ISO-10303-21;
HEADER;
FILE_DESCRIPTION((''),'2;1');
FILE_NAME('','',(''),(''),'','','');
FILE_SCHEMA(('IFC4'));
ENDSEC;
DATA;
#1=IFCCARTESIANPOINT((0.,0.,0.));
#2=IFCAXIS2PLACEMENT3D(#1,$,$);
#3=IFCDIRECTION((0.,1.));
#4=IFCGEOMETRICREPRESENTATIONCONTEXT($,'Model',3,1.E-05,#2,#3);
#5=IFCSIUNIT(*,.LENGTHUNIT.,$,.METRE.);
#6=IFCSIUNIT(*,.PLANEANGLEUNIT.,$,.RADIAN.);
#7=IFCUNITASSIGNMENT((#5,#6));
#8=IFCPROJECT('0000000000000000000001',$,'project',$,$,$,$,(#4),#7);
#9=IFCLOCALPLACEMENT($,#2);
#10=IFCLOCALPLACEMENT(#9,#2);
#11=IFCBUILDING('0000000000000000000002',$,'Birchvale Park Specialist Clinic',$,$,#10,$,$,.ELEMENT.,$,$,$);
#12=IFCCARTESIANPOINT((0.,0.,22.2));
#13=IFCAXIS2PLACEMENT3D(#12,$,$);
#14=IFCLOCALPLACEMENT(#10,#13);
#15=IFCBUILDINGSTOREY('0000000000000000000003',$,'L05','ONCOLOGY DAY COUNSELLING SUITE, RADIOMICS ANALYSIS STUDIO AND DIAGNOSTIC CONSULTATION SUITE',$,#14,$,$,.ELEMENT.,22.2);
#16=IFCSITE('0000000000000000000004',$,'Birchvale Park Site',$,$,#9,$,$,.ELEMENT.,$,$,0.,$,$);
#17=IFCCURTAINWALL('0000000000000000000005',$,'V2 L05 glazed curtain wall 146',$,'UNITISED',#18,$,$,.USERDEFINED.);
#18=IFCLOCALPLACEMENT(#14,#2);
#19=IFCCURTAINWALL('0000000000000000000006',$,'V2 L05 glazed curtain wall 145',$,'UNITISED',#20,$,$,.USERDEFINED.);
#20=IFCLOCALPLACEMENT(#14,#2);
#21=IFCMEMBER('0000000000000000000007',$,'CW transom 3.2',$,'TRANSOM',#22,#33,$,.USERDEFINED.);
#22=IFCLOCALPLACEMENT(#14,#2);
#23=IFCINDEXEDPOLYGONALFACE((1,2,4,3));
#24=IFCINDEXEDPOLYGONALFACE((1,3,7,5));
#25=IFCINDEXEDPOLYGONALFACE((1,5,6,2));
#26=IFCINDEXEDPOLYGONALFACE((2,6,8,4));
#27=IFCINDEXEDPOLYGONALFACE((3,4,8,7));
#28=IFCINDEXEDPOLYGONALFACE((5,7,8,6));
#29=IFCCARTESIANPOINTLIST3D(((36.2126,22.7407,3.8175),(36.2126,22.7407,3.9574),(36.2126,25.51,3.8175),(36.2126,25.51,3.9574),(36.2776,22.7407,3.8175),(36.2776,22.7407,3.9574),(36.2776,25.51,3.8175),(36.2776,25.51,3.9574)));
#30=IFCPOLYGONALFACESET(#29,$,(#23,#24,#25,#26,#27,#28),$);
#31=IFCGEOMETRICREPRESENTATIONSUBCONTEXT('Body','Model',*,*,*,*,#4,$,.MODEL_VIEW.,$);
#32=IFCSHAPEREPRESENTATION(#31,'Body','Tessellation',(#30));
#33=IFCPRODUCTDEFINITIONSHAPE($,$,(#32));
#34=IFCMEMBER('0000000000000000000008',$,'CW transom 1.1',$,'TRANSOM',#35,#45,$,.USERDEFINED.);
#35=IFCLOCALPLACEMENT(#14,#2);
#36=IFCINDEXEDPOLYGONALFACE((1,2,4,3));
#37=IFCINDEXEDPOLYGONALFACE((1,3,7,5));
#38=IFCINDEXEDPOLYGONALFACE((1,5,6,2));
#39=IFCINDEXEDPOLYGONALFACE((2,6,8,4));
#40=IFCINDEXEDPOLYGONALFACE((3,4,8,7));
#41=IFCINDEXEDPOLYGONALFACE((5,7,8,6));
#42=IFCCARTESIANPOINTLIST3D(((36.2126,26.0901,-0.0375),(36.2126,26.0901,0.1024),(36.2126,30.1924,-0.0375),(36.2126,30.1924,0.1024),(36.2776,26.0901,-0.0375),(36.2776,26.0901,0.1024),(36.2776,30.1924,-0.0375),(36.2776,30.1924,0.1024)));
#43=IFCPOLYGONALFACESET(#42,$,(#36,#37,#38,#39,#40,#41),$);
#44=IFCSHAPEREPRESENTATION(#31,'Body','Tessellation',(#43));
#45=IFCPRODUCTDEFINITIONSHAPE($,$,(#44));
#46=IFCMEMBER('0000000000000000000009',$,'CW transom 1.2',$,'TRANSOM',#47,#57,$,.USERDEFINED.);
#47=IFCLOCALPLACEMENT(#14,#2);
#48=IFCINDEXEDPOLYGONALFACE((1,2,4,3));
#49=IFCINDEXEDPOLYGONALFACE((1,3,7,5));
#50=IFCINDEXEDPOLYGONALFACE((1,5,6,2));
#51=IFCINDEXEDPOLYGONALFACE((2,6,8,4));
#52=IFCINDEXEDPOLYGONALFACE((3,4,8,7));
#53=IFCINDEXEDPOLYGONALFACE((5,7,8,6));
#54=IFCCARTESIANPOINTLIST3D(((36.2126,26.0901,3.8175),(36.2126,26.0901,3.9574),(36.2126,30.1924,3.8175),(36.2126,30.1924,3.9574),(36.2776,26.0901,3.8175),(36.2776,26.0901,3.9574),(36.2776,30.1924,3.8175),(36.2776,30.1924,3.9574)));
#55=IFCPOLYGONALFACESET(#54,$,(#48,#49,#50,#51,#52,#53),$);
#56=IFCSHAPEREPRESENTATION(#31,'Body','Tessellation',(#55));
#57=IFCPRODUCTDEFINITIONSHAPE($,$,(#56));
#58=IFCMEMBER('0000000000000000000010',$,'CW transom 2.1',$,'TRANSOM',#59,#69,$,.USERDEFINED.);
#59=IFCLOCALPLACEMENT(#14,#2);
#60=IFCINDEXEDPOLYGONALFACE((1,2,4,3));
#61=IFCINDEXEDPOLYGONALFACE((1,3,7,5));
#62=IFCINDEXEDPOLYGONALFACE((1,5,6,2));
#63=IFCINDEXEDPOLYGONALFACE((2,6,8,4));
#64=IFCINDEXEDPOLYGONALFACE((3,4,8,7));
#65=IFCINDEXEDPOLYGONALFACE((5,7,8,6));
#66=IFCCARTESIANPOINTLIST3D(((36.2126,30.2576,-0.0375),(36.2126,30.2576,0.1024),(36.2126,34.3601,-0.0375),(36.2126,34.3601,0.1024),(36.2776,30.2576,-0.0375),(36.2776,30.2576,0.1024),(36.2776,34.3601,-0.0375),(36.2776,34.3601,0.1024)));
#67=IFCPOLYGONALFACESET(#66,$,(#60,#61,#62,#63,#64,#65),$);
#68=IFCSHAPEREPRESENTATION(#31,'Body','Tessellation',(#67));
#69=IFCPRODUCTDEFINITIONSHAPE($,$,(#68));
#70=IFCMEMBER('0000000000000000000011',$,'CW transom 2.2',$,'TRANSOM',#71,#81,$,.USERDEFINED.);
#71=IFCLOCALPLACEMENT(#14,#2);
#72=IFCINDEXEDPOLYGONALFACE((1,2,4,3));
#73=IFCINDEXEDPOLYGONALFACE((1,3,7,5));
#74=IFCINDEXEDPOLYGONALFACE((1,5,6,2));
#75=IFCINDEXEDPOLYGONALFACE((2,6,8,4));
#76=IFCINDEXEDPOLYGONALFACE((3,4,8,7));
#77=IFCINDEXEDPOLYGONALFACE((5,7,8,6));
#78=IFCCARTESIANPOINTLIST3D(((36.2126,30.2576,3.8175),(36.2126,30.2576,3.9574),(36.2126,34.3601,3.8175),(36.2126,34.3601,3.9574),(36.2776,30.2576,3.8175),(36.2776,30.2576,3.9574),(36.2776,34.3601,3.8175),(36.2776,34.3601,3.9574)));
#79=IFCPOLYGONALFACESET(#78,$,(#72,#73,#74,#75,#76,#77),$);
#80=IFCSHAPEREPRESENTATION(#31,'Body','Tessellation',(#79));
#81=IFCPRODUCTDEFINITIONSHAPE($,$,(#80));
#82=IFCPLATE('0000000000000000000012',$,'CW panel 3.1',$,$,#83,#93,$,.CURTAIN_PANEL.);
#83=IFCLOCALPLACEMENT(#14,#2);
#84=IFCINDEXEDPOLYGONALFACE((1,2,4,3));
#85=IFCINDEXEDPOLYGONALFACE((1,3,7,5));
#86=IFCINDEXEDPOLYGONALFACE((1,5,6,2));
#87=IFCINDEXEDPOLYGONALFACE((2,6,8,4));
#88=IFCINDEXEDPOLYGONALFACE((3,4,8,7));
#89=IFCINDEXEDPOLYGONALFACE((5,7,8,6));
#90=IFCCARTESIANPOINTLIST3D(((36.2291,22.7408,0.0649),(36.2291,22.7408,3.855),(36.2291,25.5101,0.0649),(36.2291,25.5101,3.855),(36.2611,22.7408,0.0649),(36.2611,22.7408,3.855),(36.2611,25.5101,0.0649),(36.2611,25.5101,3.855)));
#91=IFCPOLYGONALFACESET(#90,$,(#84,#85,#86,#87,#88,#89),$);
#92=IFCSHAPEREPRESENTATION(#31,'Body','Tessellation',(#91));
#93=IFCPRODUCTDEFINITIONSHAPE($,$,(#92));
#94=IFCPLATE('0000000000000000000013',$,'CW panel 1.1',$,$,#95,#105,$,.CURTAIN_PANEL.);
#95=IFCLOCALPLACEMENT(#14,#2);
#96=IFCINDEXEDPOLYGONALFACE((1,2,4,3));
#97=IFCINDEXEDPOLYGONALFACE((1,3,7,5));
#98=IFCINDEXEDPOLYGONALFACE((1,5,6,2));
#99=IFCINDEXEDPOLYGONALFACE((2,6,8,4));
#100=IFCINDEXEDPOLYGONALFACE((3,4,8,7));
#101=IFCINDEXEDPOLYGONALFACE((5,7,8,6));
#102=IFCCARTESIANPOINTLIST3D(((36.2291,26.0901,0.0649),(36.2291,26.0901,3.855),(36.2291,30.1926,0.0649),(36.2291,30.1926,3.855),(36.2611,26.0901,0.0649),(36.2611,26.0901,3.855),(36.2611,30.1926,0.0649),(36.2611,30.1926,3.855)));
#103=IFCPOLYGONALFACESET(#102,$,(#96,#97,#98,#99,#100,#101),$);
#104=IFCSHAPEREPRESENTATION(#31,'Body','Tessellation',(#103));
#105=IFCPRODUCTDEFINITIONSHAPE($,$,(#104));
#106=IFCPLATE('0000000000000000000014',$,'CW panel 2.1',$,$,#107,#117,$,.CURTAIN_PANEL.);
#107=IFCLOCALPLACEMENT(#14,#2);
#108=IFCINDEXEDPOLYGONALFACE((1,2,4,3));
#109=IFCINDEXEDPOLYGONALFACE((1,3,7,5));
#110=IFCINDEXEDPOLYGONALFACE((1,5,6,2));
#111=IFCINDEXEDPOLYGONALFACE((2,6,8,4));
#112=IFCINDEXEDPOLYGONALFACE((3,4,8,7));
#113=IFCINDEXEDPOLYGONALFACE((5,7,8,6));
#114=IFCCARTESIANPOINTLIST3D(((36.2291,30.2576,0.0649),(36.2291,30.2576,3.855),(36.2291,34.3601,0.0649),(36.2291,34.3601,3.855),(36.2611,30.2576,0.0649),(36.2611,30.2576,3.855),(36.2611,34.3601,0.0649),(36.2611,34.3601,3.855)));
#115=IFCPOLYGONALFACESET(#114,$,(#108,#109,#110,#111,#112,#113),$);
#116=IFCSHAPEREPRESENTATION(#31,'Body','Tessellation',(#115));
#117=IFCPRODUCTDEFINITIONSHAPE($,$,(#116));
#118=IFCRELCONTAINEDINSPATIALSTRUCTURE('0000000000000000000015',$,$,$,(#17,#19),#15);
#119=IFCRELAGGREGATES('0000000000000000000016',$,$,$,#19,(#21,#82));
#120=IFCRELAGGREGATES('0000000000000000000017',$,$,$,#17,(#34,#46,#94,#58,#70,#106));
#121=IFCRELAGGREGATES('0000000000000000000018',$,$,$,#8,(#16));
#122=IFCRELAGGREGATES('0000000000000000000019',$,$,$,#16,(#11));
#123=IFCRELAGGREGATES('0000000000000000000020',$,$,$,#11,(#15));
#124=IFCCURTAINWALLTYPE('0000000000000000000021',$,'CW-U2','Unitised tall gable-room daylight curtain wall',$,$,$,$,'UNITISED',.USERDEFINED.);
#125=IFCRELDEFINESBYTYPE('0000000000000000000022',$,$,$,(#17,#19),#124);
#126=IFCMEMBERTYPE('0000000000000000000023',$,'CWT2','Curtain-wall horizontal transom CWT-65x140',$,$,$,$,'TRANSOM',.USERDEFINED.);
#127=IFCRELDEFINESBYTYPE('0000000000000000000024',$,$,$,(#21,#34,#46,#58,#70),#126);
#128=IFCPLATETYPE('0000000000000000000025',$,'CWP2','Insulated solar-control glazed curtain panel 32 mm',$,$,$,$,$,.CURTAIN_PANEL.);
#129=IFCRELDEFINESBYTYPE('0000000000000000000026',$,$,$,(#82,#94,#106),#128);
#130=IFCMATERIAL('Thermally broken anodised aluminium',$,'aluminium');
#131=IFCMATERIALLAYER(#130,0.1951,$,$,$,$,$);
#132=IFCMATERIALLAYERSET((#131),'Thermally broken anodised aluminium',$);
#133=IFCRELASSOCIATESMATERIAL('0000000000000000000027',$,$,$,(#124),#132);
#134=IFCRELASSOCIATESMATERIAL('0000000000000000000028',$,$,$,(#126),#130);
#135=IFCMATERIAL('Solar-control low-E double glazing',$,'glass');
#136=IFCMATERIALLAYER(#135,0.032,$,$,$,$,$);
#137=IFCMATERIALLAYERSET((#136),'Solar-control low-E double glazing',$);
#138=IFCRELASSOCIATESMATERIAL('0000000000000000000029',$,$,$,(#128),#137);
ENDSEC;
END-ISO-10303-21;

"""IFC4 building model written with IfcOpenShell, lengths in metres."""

from ifc_helpers import new_model, si_unit, direction, frame, origin, origin_2d, place, context, subcontext, project, spatial, rectangle, extrude, material, layer, layer_set, material_profile, profile_set, type_object, element, aggregate, save


model = new_model("IFC4")

# Units and contexts
model_context = context("Model", 3, precision=1e-05, world=origin(), true_north=direction((0.0, 1.0)))
body_context = subcontext(model_context, "Body", "Model", "MODEL_VIEW")
ifc_project = project(units=[si_unit("LENGTHUNIT", "METRE"), si_unit("PLANEANGLEUNIT", "RADIAN")], contexts=[model_context])

# Site, building, storey
site_placement = place(None, origin())
site = spatial("IfcSite", under=ifc_project, at=site_placement, Name="Birchvale Park Site", CompositionType="ELEMENT", RefElevation=0.0)
building_placement = place(site_placement, origin())
building = spatial("IfcBuilding", under=site, at=building_placement, Name="Birchvale Park Specialist Clinic", CompositionType="ELEMENT")
storey_placement = place(building_placement, frame((0.0, 0.0, 22.2)))
storey = spatial("IfcBuildingStorey", under=building, at=storey_placement, Name="L05", Description="ONCOLOGY DAY COUNSELLING SUITE, RADIOMICS ANALYSIS STUDIO AND DIAGNOSTIC CONSULTATION SUITE", CompositionType="ELEMENT", Elevation=22.2)

# Curtain walls, member
ifc_material_1 = material(Name="Thermally broken anodised aluminium", Category="aluminium")
ifc_layer_1 = layer(ifc_material_1, 0.1951)
ifc_layer_set_1 = layer_set([ifc_layer_1], Name="Thermally broken anodised aluminium")
curtain_wall_type = type_object("IfcCurtainWallType", Name="CW-U2", Description="Unitised tall gable-room daylight curtain wall", ElementType="UNITISED", PredefinedType="USERDEFINED", material=ifc_layer_set_1)
curtain_wall_1_placement = place(storey_placement, origin())
curtain_wall_1 = element("IfcCurtainWall", 1, at=curtain_wall_1_placement, inside=storey, type_object=curtain_wall_type, Name="V2 L05 glazed curtain wall 146", ObjectType="UNITISED", PredefinedType="USERDEFINED")
curtain_wall_2_placement = place(storey_placement, origin())
curtain_wall_2 = element("IfcCurtainWall", 2, at=curtain_wall_2_placement, inside=storey, type_object=curtain_wall_type, Name="V2 L05 glazed curtain wall 145", ObjectType="UNITISED", PredefinedType="USERDEFINED")
ifc_material_profile_1 = material_profile(ifc_material_1, rectangle(XDim=0.0649, YDim=0.1399, at=origin_2d()), Name="CWT-65x140")
ifc_profile_set_1 = profile_set([ifc_material_profile_1], Name="Thermally broken anodised aluminium")
member_type_1 = type_object("IfcMemberType", Name="CWT2", Description="Curtain-wall horizontal transom CWT-65x140", ElementType="TRANSOM", PredefinedType="USERDEFINED", material=ifc_profile_set_1)
member_1_placement = place(storey_placement, frame((36.2451, 22.7407, 3.8875), z_axis=(0.0, 1.0, 0.0), x_axis=(-1.0, 0.0, 0.0)))
member_1 = element("IfcMember", 3, at=member_1_placement, type_object=member_type_1, Name="CW transom 3.2", ObjectType="TRANSOM", PredefinedType="USERDEFINED", context=body_context, shape_type="SweptSolid", body=[
    extrude(rectangle(XDim=0.0649, YDim=0.1399, at=origin_2d()), origin(), (0.0, 0.0, 1.0), 2.7693),
])

# Members
member_2_placement = place(storey_placement, frame((36.2451, 26.0901, 0.0325), z_axis=(0.0, 1.0, 0.0), x_axis=(-1.0, 0.0, 0.0)))
member_2 = element("IfcMember", 4, at=member_2_placement, type_object=member_type_1, Name="CW transom 1.1", ObjectType="TRANSOM", PredefinedType="USERDEFINED", context=body_context, shape_type="SweptSolid", body=[
    extrude(rectangle(XDim=0.0649, YDim=0.1399, at=origin_2d()), origin(), (0.0, 0.0, 1.0), 4.1023),
])
member_3_placement = place(storey_placement, frame((36.2451, 26.0901, 3.8875), z_axis=(0.0, 1.0, 0.0), x_axis=(-1.0, 0.0, 0.0)))
member_3 = element("IfcMember", 5, at=member_3_placement, type_object=member_type_1, Name="CW transom 1.2", ObjectType="TRANSOM", PredefinedType="USERDEFINED", context=body_context, shape_type="SweptSolid", body=[
    extrude(rectangle(XDim=0.0649, YDim=0.1399, at=origin_2d()), origin(), (0.0, 0.0, 1.0), 4.1023),
])
member_4_placement = place(storey_placement, frame((36.2451, 30.2576, 0.0325), z_axis=(0.0, 1.0, 0.0), x_axis=(-1.0, 0.0, 0.0)))
member_4 = element("IfcMember", 6, at=member_4_placement, type_object=member_type_1, Name="CW transom 2.1", ObjectType="TRANSOM", PredefinedType="USERDEFINED", context=body_context, shape_type="SweptSolid", body=[
    extrude(rectangle(XDim=0.0649, YDim=0.1399, at=origin_2d()), origin(), (0.0, 0.0, 1.0), 4.1025),
])
member_5_placement = place(storey_placement, frame((36.2451, 30.2576, 3.8875), z_axis=(0.0, 1.0, 0.0), x_axis=(-1.0, 0.0, 0.0)))
member_5 = element("IfcMember", 7, at=member_5_placement, type_object=member_type_1, Name="CW transom 2.2", ObjectType="TRANSOM", PredefinedType="USERDEFINED", context=body_context, shape_type="SweptSolid", body=[
    extrude(rectangle(XDim=0.0649, YDim=0.1399, at=origin_2d()), origin(), (0.0, 0.0, 1.0), 4.1025),
])

# Plates
ifc_material_2 = material(Name="Solar-control low-E double glazing", Category="glass")
ifc_layer_2 = layer(ifc_material_2, 0.032)
ifc_layer_set_2 = layer_set([ifc_layer_2], Name="Solar-control low-E double glazing")
plate_type = type_object("IfcPlateType", Name="CWP2", Description="Insulated solar-control glazed curtain panel 32 mm", PredefinedType="CURTAIN_PANEL", material=ifc_layer_set_2)
plate_1_placement = place(storey_placement, frame((36.2451, 24.1255, 0.0649), z_axis=(0.0, 0.0, 1.0), x_axis=(0.0, 1.0, 0.0)))
plate_1 = element("IfcPlate", 8, at=plate_1_placement, type_object=plate_type, Name="CW panel 3.1", PredefinedType="CURTAIN_PANEL", context=body_context, shape_type="SweptSolid", body=[
    extrude(rectangle(XDim=2.7693, YDim=0.032, at=origin_2d()), origin(), (0.0, 0.0, 1.0), 3.79),
])
aggregate(curtain_wall_2, [member_1, plate_1])
plate_2_placement = place(storey_placement, frame((36.2451, 28.1414, 0.0649), z_axis=(0.0, 0.0, 1.0), x_axis=(0.0, 1.0, 0.0)))
plate_2 = element("IfcPlate", 9, at=plate_2_placement, type_object=plate_type, Name="CW panel 1.1", PredefinedType="CURTAIN_PANEL", context=body_context, shape_type="SweptSolid", body=[
    extrude(rectangle(XDim=4.1025, YDim=0.032, at=origin_2d()), origin(), (0.0, 0.0, 1.0), 3.79),
])
plate_3_placement = place(storey_placement, frame((36.2451, 32.3088, 0.0649), z_axis=(0.0, 0.0, 1.0), x_axis=(0.0, 1.0, 0.0)))
plate_3 = element("IfcPlate", 10, at=plate_3_placement, type_object=plate_type, Name="CW panel 2.1", PredefinedType="CURTAIN_PANEL", context=body_context, shape_type="SweptSolid", body=[
    extrude(rectangle(XDim=4.1025, YDim=0.032, at=origin_2d()), origin(), (0.0, 0.0, 1.0), 3.79),
])
aggregate(curtain_wall_1, [member_2, member_3, plate_2, member_4, member_5, plate_3])

save(model, "model.ifc")
